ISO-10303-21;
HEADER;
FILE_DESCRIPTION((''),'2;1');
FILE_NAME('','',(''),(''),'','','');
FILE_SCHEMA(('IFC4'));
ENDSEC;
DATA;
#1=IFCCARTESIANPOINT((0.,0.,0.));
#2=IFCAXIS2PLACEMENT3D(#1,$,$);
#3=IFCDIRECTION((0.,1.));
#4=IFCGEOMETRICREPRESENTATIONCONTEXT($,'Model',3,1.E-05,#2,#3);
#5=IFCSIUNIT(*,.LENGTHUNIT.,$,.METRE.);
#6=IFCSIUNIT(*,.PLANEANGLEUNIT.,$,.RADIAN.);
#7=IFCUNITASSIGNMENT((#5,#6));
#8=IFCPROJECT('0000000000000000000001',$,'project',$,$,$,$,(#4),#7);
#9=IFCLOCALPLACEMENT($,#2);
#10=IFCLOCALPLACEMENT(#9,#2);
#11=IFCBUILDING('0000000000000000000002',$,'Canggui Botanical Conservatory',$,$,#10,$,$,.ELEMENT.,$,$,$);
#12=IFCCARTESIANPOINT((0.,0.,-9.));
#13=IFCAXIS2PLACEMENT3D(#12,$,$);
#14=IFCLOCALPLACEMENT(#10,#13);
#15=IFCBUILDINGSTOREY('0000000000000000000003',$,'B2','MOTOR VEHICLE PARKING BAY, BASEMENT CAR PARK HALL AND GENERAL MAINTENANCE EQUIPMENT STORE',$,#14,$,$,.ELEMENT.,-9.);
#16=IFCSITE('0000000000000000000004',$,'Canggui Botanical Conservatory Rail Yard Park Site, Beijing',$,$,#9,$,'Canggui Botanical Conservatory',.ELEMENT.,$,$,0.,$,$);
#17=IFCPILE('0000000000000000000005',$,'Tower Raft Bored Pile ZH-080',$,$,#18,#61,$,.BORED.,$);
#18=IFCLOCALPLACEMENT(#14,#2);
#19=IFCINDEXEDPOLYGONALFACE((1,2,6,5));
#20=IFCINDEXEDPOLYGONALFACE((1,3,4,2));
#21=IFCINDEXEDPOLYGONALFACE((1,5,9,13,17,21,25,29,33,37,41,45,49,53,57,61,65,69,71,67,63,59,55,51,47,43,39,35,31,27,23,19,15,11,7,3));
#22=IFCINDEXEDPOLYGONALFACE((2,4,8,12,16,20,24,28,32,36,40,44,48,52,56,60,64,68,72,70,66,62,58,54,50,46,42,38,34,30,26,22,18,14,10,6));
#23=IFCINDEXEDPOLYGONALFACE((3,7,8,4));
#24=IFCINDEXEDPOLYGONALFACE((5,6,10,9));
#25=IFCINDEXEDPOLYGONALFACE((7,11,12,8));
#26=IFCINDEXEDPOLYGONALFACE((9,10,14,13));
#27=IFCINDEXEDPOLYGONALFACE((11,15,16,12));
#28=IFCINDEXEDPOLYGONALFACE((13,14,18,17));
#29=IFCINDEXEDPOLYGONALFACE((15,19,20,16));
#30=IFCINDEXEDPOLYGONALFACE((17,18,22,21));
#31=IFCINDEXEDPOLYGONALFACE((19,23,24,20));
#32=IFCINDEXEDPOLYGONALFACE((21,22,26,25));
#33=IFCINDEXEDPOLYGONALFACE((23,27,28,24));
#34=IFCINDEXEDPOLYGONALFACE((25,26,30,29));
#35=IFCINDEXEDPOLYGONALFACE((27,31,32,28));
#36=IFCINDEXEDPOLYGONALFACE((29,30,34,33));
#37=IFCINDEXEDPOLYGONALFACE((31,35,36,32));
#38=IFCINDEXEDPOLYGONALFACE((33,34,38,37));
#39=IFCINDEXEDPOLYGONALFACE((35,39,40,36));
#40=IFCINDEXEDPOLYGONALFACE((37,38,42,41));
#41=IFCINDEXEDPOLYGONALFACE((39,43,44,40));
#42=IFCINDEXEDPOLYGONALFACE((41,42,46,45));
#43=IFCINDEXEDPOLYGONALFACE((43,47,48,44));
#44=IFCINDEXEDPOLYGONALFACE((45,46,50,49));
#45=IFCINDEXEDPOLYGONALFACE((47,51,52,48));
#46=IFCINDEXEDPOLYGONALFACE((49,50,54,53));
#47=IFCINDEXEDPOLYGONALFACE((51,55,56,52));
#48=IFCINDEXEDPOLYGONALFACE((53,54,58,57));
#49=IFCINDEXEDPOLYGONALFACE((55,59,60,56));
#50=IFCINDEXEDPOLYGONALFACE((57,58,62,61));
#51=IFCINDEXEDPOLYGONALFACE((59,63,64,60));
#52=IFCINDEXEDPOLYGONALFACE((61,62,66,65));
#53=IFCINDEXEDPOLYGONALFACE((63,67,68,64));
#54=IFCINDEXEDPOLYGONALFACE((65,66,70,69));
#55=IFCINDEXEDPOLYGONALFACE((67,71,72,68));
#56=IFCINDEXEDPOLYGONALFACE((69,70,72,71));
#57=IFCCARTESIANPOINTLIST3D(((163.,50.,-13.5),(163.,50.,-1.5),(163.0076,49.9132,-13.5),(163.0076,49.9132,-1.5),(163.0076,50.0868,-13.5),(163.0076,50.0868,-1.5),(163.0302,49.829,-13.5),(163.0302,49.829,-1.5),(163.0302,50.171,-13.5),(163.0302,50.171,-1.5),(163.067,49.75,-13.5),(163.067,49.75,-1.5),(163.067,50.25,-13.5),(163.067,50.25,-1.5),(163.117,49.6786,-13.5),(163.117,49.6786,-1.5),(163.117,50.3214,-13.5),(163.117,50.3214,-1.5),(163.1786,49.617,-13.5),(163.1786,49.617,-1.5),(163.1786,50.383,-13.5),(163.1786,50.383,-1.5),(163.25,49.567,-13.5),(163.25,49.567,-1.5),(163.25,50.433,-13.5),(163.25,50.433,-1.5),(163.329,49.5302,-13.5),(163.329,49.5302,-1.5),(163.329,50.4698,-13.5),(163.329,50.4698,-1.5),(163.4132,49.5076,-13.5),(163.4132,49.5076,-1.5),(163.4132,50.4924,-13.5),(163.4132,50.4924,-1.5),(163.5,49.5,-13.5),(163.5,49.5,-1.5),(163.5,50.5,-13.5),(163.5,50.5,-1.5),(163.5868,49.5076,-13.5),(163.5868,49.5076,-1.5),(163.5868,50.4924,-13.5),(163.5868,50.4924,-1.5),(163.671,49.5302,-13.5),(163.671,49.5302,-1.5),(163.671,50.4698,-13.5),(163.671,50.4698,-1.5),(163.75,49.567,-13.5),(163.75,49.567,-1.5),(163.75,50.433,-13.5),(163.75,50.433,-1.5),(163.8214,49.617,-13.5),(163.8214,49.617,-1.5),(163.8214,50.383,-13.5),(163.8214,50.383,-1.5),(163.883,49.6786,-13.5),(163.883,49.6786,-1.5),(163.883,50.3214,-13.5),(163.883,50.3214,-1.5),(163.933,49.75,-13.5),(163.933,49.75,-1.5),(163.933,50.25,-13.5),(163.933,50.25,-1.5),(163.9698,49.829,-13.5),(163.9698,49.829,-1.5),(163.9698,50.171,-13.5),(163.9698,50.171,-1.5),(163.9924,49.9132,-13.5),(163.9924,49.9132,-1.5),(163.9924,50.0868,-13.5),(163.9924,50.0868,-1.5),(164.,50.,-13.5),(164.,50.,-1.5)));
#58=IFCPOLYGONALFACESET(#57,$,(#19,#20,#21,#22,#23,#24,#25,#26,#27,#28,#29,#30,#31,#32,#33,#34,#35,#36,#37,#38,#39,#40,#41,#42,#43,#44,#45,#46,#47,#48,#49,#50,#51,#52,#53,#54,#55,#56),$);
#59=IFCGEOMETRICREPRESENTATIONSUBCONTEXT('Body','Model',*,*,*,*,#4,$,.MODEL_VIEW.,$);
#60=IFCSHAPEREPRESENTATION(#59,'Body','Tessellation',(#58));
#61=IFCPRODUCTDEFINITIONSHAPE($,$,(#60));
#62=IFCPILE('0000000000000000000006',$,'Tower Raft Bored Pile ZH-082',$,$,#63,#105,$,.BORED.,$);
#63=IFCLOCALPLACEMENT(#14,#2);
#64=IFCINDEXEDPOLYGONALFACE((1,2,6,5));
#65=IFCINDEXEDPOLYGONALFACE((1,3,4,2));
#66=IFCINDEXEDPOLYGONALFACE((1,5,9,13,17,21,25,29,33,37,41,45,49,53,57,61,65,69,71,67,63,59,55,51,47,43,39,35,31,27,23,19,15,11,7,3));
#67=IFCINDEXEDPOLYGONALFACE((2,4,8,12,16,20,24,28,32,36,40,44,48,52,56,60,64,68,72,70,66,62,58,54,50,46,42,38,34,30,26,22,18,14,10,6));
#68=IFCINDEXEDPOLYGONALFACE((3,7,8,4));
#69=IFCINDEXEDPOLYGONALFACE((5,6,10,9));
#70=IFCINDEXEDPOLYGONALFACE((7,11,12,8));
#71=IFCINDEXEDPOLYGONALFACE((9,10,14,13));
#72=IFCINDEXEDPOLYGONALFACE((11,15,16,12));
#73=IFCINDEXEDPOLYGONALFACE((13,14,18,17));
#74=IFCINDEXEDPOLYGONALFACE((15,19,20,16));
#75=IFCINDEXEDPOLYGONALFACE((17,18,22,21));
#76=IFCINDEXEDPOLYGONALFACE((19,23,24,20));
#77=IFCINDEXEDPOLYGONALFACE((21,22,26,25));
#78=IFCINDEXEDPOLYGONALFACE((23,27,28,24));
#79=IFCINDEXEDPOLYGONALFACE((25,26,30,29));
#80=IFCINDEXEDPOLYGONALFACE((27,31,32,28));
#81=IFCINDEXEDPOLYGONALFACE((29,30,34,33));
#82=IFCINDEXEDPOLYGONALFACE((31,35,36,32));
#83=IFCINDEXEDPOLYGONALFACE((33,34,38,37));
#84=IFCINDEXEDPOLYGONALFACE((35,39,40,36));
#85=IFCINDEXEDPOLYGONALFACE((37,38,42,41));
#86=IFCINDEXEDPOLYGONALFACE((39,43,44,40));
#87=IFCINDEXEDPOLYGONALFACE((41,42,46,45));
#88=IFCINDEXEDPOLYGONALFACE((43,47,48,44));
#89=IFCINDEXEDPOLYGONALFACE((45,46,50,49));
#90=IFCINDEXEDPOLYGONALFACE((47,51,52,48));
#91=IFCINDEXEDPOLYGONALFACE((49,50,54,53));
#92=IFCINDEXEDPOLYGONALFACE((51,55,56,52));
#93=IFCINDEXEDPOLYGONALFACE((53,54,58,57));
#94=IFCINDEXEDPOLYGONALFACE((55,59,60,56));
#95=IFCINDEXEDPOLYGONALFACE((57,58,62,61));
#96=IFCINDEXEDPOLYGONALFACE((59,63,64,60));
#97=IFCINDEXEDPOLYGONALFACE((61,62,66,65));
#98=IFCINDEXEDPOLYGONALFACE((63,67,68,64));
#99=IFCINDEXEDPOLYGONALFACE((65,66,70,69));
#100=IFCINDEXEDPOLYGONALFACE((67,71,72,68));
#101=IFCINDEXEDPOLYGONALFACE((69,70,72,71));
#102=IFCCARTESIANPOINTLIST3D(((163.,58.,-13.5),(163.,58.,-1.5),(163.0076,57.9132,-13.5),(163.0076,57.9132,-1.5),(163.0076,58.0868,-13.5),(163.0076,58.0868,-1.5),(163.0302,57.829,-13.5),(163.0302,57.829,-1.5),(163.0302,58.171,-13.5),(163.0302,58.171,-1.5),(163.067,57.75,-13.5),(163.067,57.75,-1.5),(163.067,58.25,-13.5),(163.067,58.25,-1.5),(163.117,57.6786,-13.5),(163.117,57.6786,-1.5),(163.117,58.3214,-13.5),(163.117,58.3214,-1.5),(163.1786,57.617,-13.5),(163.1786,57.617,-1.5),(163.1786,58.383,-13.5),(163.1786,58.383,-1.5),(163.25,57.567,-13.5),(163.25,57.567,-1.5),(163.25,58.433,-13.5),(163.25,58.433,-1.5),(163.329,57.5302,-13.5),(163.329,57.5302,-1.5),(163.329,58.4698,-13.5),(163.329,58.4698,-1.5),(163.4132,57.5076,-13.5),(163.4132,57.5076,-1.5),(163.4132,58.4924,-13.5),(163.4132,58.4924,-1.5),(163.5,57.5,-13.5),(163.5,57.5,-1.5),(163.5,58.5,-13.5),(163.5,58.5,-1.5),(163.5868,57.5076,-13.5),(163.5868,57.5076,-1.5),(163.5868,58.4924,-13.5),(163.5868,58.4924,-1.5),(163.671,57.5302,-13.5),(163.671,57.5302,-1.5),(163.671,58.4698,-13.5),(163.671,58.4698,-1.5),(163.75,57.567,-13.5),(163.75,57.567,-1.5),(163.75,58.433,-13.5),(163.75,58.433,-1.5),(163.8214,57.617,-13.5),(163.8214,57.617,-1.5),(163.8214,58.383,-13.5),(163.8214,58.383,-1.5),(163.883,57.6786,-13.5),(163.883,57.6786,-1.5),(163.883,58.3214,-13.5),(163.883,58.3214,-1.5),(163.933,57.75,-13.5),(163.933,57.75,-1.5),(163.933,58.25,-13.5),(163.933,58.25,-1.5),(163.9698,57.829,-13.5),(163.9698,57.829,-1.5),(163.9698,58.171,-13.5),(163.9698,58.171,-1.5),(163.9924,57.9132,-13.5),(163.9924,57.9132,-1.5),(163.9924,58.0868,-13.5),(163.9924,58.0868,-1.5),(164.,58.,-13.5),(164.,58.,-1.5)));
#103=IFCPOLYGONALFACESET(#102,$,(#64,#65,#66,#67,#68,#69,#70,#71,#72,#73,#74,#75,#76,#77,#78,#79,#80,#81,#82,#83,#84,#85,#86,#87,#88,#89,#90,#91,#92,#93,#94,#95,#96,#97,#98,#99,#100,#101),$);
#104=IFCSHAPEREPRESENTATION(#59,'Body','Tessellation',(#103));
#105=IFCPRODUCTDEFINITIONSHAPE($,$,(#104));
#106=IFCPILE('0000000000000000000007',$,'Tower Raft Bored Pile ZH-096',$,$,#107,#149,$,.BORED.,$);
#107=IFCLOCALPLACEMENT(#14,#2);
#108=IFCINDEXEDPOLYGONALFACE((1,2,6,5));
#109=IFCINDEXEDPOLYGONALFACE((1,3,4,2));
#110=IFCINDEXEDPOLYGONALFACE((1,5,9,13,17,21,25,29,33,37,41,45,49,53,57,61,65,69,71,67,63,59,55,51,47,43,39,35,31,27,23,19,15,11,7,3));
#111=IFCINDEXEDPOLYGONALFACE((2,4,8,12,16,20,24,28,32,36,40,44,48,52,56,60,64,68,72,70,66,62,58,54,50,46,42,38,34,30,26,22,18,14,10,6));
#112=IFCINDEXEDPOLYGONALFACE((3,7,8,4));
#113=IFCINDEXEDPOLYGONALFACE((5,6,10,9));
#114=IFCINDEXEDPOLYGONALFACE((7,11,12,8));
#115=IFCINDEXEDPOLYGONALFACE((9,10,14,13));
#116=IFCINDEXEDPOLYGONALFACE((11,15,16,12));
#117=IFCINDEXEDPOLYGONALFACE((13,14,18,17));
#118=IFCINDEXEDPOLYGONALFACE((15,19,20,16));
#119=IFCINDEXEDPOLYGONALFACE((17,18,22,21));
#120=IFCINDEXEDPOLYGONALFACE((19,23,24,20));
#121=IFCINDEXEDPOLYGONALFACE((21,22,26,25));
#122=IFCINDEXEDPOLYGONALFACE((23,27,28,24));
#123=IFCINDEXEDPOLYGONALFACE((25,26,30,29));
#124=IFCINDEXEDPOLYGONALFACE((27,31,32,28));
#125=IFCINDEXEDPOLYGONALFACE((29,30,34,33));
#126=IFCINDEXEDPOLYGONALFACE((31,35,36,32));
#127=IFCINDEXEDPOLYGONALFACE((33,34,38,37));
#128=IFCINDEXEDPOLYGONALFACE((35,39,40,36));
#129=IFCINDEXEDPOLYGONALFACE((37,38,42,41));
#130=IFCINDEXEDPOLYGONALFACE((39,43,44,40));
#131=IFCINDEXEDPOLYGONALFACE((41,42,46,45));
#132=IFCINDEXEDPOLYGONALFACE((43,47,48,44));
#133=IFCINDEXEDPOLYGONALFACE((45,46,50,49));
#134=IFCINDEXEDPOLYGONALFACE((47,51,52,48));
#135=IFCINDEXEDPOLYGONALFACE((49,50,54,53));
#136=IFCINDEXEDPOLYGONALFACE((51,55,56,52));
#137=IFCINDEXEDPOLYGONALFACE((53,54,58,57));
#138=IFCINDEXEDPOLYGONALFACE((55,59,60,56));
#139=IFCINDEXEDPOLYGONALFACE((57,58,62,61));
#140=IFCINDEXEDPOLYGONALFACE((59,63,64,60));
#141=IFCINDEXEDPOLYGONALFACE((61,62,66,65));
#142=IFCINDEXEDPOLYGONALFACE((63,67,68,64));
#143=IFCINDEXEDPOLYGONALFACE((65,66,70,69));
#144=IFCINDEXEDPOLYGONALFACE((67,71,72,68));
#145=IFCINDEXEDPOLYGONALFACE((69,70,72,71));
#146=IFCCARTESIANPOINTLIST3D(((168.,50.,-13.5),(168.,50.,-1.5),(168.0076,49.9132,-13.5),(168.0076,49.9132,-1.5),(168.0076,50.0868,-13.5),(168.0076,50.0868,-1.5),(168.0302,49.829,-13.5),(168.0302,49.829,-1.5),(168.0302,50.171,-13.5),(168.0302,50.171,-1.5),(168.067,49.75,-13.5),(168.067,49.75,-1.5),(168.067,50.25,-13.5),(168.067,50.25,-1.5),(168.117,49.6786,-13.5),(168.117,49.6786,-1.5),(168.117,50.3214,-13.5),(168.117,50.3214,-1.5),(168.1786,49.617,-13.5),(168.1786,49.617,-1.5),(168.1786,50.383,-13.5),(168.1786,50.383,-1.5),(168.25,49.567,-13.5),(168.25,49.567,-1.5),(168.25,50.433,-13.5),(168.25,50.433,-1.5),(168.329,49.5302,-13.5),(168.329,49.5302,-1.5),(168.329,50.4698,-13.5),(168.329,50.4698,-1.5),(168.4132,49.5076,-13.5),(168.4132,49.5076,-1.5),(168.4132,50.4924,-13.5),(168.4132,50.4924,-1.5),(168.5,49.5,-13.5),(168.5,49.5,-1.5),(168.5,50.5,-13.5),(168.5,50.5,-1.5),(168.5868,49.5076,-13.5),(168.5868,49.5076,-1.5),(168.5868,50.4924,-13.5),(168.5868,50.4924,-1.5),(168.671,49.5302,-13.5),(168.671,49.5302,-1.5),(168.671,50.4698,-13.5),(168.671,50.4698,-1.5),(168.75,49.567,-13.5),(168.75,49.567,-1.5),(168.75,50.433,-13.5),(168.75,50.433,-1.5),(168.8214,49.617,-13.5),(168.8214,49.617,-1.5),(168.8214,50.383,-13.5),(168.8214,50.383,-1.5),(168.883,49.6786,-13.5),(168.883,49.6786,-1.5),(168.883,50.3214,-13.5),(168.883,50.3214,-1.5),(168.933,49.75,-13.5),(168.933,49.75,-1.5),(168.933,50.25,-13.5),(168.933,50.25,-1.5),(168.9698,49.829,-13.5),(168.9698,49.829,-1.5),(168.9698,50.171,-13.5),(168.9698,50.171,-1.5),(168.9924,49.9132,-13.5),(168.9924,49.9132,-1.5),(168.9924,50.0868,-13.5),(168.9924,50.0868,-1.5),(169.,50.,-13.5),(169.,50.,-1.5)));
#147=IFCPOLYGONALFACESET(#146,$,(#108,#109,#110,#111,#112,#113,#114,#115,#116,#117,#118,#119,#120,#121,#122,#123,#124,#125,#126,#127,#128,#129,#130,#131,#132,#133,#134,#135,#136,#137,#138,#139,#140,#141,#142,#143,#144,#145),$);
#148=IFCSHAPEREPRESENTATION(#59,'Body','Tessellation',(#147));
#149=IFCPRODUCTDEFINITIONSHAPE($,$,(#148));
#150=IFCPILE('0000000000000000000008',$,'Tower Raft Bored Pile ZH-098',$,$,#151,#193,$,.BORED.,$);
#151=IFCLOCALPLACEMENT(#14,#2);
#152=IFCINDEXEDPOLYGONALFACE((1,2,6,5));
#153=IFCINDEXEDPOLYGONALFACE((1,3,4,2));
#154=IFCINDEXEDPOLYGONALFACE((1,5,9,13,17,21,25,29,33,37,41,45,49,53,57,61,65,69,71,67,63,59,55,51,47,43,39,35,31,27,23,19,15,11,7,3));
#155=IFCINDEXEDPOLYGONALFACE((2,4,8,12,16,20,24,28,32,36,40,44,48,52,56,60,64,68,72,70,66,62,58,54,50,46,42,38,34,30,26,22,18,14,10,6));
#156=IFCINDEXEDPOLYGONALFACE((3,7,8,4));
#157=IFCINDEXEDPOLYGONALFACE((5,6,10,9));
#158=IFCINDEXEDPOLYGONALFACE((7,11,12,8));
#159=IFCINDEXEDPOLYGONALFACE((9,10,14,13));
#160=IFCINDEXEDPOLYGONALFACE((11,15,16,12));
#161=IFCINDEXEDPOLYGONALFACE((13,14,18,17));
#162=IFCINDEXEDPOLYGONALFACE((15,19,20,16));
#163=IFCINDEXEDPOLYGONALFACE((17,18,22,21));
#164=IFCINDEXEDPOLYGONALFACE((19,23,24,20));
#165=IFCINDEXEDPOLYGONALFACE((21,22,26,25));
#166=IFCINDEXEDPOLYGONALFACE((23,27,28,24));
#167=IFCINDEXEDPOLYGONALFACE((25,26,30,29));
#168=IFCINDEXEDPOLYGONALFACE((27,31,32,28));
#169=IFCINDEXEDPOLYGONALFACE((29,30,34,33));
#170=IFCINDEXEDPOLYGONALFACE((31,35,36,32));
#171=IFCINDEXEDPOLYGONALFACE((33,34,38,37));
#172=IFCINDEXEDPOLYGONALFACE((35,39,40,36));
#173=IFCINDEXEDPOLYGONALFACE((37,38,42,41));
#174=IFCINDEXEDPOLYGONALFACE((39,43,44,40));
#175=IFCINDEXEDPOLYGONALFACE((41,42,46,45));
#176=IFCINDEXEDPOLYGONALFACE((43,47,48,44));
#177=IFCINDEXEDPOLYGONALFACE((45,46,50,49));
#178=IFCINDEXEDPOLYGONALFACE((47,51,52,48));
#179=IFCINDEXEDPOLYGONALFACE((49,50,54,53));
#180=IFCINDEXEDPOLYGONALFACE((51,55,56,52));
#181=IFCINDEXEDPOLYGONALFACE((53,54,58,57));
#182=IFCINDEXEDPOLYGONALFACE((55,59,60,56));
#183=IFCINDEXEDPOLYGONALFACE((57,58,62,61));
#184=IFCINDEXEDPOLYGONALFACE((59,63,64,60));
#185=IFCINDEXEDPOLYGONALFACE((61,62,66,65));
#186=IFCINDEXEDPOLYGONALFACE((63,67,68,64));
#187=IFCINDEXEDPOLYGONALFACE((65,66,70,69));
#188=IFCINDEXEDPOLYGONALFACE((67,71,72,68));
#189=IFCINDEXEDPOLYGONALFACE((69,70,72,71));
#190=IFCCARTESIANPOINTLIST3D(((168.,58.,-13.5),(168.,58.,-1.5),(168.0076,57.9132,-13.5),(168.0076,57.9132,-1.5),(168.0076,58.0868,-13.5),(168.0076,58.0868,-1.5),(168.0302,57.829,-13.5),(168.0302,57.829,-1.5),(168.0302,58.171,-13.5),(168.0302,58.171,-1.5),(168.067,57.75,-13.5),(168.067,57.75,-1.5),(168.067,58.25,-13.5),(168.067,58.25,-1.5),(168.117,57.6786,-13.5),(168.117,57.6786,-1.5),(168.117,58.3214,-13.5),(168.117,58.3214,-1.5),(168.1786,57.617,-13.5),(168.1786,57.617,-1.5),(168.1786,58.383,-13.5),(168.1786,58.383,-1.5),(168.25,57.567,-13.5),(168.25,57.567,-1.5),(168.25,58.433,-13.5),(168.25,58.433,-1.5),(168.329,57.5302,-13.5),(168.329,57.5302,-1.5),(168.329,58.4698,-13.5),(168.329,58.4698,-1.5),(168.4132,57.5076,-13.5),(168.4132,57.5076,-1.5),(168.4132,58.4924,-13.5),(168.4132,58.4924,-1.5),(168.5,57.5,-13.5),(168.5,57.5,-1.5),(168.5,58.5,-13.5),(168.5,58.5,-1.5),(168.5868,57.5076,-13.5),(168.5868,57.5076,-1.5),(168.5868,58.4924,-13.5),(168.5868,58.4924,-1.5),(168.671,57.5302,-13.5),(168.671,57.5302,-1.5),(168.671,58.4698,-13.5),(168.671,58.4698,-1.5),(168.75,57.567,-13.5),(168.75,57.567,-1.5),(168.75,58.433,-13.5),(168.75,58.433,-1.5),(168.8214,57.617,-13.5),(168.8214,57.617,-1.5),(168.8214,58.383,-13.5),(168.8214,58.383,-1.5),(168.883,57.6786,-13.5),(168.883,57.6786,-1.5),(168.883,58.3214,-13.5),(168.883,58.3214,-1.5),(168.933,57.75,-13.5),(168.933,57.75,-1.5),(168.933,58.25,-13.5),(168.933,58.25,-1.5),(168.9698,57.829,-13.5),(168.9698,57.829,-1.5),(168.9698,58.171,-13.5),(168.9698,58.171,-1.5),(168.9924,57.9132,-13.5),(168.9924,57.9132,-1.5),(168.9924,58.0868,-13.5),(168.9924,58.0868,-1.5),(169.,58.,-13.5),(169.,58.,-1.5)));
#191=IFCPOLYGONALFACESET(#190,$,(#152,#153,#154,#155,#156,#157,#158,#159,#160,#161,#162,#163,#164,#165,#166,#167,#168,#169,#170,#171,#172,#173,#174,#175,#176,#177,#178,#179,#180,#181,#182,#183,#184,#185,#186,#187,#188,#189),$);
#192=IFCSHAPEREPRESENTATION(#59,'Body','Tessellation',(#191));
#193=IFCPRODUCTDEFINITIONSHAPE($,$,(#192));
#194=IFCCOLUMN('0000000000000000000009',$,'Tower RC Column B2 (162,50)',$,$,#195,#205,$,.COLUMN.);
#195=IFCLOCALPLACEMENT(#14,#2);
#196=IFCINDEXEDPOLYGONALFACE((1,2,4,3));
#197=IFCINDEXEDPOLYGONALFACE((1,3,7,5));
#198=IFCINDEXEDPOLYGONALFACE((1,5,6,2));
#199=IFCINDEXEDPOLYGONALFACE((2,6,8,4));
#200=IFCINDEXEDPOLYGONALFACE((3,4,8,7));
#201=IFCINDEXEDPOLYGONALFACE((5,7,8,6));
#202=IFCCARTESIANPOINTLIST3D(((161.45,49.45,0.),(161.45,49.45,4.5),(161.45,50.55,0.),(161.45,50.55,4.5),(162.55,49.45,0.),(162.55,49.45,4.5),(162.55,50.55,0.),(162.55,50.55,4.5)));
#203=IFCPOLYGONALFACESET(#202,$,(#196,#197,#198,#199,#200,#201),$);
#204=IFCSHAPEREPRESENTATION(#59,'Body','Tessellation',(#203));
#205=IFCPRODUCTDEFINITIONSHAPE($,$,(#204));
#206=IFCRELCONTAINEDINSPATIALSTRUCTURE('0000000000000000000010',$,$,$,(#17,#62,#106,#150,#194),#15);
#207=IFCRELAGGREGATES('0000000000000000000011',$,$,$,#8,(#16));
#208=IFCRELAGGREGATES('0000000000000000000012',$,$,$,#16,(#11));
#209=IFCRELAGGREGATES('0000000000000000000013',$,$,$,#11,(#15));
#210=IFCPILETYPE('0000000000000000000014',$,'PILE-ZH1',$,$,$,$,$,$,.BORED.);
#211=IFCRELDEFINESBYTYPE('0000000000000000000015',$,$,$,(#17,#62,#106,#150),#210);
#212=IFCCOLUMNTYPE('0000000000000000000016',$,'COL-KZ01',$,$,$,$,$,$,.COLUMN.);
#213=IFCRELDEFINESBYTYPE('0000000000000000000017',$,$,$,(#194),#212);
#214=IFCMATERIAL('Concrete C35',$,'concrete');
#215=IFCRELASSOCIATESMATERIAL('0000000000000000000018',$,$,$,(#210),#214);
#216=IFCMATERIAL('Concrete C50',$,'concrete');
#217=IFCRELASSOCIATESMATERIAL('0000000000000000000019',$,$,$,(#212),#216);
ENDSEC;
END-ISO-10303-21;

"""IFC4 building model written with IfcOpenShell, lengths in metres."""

from ifc_helpers import new_model, si_unit, direction, frame, origin, origin_2d, place, context, subcontext, project, spatial, rectangle, circle, extrude, material, material_profile, profile_set, type_object, element, save


model = new_model("IFC4")

# Units and contexts
model_context = context("Model", 3, precision=1e-05, world=origin(), true_north=direction((0.0, 1.0)))
body_context = subcontext(model_context, "Body", "Model", "MODEL_VIEW")
ifc_project = project(units=[si_unit("LENGTHUNIT", "METRE"), si_unit("PLANEANGLEUNIT", "RADIAN")], contexts=[model_context])

# Site, building, storey
site_placement = place(None, origin())
site = spatial("IfcSite", under=ifc_project, at=site_placement, Name="Canggui Botanical Conservatory Rail Yard Park Site, Beijing", LongName="Canggui Botanical Conservatory", CompositionType="ELEMENT", RefElevation=0.0)
building_placement = place(site_placement, origin())
building = spatial("IfcBuilding", under=site, at=building_placement, Name="Canggui Botanical Conservatory", CompositionType="ELEMENT")
storey_placement = place(building_placement, frame((0.0, 0.0, -9.0)))
storey = spatial("IfcBuildingStorey", under=building, at=storey_placement, Name="B2", Description="MOTOR VEHICLE PARKING BAY, BASEMENT CAR PARK HALL AND GENERAL MAINTENANCE EQUIPMENT STORE", CompositionType="ELEMENT", Elevation=-9.0)

# Piles
ifc_material_1 = material(Name="Concrete C35", Category="concrete")
ifc_material_profile_1 = material_profile(ifc_material_1, circle(Radius=0.5, at=origin_2d()), Name="PILE D1000")
ifc_profile_set_1 = profile_set([ifc_material_profile_1], Name="Concrete C35")
pile_type = type_object("IfcPileType", Name="PILE-ZH1", PredefinedType="BORED", material=ifc_profile_set_1)
for number, where, z_axis, x_axis, name in (
    (1, (163.5, 50.0, -1.5), (0.0, 0.0, -1.0), (1.0, 0.0, 0.0), "Tower Raft Bored Pile ZH-080"),
    (2, (163.5, 58.0, -1.5), (0.0, 0.0, -1.0), (1.0, 0.0, 0.0), "Tower Raft Bored Pile ZH-082"),
    (3, (168.5, 50.0, -1.5), (0.0, 0.0, -1.0), (1.0, 0.0, 0.0), "Tower Raft Bored Pile ZH-096"),
    (4, (168.5, 58.0, -1.5), (0.0, 0.0, -1.0), (1.0, 0.0, 0.0), "Tower Raft Bored Pile ZH-098"),
):
    element("IfcPile", number, at=place(storey_placement, frame(where, z_axis=z_axis, x_axis=x_axis)), inside=storey, type_object=pile_type, Name=name, PredefinedType="BORED", context=body_context, shape_type="SweptSolid", body=[
        extrude(circle(Radius=0.5, at=origin_2d()), origin(), (0.0, 0.0, 1.0), 12.0),
    ])

# Column
ifc_material_2 = material(Name="Concrete C50", Category="concrete")
ifc_material_profile_2 = material_profile(ifc_material_2, rectangle(XDim=1.1001, YDim=1.1001, at=origin_2d()), Name="RC 1100x1100")
ifc_profile_set_2 = profile_set([ifc_material_profile_2], Name="Concrete C50")
column_type = type_object("IfcColumnType", Name="COL-KZ01", PredefinedType="COLUMN", material=ifc_profile_set_2)
for number, where, z_axis, x_axis, name in (
    (5, (162.0, 50.0, 0.0), (0.0, 0.0, 1.0), (1.0, 0.0, 0.0), "Tower RC Column B2 (162,50)"),
):
    element("IfcColumn", number, at=place(storey_placement, frame(where, z_axis=z_axis, x_axis=x_axis)), inside=storey, type_object=column_type, Name=name, PredefinedType="COLUMN", context=body_context, shape_type="SweptSolid", body=[
        extrude(rectangle(XDim=1.1001, YDim=1.1001, at=origin_2d()), origin(), (0.0, 0.0, 1.0), 4.5),
    ])

save(model, "model.ifc")
